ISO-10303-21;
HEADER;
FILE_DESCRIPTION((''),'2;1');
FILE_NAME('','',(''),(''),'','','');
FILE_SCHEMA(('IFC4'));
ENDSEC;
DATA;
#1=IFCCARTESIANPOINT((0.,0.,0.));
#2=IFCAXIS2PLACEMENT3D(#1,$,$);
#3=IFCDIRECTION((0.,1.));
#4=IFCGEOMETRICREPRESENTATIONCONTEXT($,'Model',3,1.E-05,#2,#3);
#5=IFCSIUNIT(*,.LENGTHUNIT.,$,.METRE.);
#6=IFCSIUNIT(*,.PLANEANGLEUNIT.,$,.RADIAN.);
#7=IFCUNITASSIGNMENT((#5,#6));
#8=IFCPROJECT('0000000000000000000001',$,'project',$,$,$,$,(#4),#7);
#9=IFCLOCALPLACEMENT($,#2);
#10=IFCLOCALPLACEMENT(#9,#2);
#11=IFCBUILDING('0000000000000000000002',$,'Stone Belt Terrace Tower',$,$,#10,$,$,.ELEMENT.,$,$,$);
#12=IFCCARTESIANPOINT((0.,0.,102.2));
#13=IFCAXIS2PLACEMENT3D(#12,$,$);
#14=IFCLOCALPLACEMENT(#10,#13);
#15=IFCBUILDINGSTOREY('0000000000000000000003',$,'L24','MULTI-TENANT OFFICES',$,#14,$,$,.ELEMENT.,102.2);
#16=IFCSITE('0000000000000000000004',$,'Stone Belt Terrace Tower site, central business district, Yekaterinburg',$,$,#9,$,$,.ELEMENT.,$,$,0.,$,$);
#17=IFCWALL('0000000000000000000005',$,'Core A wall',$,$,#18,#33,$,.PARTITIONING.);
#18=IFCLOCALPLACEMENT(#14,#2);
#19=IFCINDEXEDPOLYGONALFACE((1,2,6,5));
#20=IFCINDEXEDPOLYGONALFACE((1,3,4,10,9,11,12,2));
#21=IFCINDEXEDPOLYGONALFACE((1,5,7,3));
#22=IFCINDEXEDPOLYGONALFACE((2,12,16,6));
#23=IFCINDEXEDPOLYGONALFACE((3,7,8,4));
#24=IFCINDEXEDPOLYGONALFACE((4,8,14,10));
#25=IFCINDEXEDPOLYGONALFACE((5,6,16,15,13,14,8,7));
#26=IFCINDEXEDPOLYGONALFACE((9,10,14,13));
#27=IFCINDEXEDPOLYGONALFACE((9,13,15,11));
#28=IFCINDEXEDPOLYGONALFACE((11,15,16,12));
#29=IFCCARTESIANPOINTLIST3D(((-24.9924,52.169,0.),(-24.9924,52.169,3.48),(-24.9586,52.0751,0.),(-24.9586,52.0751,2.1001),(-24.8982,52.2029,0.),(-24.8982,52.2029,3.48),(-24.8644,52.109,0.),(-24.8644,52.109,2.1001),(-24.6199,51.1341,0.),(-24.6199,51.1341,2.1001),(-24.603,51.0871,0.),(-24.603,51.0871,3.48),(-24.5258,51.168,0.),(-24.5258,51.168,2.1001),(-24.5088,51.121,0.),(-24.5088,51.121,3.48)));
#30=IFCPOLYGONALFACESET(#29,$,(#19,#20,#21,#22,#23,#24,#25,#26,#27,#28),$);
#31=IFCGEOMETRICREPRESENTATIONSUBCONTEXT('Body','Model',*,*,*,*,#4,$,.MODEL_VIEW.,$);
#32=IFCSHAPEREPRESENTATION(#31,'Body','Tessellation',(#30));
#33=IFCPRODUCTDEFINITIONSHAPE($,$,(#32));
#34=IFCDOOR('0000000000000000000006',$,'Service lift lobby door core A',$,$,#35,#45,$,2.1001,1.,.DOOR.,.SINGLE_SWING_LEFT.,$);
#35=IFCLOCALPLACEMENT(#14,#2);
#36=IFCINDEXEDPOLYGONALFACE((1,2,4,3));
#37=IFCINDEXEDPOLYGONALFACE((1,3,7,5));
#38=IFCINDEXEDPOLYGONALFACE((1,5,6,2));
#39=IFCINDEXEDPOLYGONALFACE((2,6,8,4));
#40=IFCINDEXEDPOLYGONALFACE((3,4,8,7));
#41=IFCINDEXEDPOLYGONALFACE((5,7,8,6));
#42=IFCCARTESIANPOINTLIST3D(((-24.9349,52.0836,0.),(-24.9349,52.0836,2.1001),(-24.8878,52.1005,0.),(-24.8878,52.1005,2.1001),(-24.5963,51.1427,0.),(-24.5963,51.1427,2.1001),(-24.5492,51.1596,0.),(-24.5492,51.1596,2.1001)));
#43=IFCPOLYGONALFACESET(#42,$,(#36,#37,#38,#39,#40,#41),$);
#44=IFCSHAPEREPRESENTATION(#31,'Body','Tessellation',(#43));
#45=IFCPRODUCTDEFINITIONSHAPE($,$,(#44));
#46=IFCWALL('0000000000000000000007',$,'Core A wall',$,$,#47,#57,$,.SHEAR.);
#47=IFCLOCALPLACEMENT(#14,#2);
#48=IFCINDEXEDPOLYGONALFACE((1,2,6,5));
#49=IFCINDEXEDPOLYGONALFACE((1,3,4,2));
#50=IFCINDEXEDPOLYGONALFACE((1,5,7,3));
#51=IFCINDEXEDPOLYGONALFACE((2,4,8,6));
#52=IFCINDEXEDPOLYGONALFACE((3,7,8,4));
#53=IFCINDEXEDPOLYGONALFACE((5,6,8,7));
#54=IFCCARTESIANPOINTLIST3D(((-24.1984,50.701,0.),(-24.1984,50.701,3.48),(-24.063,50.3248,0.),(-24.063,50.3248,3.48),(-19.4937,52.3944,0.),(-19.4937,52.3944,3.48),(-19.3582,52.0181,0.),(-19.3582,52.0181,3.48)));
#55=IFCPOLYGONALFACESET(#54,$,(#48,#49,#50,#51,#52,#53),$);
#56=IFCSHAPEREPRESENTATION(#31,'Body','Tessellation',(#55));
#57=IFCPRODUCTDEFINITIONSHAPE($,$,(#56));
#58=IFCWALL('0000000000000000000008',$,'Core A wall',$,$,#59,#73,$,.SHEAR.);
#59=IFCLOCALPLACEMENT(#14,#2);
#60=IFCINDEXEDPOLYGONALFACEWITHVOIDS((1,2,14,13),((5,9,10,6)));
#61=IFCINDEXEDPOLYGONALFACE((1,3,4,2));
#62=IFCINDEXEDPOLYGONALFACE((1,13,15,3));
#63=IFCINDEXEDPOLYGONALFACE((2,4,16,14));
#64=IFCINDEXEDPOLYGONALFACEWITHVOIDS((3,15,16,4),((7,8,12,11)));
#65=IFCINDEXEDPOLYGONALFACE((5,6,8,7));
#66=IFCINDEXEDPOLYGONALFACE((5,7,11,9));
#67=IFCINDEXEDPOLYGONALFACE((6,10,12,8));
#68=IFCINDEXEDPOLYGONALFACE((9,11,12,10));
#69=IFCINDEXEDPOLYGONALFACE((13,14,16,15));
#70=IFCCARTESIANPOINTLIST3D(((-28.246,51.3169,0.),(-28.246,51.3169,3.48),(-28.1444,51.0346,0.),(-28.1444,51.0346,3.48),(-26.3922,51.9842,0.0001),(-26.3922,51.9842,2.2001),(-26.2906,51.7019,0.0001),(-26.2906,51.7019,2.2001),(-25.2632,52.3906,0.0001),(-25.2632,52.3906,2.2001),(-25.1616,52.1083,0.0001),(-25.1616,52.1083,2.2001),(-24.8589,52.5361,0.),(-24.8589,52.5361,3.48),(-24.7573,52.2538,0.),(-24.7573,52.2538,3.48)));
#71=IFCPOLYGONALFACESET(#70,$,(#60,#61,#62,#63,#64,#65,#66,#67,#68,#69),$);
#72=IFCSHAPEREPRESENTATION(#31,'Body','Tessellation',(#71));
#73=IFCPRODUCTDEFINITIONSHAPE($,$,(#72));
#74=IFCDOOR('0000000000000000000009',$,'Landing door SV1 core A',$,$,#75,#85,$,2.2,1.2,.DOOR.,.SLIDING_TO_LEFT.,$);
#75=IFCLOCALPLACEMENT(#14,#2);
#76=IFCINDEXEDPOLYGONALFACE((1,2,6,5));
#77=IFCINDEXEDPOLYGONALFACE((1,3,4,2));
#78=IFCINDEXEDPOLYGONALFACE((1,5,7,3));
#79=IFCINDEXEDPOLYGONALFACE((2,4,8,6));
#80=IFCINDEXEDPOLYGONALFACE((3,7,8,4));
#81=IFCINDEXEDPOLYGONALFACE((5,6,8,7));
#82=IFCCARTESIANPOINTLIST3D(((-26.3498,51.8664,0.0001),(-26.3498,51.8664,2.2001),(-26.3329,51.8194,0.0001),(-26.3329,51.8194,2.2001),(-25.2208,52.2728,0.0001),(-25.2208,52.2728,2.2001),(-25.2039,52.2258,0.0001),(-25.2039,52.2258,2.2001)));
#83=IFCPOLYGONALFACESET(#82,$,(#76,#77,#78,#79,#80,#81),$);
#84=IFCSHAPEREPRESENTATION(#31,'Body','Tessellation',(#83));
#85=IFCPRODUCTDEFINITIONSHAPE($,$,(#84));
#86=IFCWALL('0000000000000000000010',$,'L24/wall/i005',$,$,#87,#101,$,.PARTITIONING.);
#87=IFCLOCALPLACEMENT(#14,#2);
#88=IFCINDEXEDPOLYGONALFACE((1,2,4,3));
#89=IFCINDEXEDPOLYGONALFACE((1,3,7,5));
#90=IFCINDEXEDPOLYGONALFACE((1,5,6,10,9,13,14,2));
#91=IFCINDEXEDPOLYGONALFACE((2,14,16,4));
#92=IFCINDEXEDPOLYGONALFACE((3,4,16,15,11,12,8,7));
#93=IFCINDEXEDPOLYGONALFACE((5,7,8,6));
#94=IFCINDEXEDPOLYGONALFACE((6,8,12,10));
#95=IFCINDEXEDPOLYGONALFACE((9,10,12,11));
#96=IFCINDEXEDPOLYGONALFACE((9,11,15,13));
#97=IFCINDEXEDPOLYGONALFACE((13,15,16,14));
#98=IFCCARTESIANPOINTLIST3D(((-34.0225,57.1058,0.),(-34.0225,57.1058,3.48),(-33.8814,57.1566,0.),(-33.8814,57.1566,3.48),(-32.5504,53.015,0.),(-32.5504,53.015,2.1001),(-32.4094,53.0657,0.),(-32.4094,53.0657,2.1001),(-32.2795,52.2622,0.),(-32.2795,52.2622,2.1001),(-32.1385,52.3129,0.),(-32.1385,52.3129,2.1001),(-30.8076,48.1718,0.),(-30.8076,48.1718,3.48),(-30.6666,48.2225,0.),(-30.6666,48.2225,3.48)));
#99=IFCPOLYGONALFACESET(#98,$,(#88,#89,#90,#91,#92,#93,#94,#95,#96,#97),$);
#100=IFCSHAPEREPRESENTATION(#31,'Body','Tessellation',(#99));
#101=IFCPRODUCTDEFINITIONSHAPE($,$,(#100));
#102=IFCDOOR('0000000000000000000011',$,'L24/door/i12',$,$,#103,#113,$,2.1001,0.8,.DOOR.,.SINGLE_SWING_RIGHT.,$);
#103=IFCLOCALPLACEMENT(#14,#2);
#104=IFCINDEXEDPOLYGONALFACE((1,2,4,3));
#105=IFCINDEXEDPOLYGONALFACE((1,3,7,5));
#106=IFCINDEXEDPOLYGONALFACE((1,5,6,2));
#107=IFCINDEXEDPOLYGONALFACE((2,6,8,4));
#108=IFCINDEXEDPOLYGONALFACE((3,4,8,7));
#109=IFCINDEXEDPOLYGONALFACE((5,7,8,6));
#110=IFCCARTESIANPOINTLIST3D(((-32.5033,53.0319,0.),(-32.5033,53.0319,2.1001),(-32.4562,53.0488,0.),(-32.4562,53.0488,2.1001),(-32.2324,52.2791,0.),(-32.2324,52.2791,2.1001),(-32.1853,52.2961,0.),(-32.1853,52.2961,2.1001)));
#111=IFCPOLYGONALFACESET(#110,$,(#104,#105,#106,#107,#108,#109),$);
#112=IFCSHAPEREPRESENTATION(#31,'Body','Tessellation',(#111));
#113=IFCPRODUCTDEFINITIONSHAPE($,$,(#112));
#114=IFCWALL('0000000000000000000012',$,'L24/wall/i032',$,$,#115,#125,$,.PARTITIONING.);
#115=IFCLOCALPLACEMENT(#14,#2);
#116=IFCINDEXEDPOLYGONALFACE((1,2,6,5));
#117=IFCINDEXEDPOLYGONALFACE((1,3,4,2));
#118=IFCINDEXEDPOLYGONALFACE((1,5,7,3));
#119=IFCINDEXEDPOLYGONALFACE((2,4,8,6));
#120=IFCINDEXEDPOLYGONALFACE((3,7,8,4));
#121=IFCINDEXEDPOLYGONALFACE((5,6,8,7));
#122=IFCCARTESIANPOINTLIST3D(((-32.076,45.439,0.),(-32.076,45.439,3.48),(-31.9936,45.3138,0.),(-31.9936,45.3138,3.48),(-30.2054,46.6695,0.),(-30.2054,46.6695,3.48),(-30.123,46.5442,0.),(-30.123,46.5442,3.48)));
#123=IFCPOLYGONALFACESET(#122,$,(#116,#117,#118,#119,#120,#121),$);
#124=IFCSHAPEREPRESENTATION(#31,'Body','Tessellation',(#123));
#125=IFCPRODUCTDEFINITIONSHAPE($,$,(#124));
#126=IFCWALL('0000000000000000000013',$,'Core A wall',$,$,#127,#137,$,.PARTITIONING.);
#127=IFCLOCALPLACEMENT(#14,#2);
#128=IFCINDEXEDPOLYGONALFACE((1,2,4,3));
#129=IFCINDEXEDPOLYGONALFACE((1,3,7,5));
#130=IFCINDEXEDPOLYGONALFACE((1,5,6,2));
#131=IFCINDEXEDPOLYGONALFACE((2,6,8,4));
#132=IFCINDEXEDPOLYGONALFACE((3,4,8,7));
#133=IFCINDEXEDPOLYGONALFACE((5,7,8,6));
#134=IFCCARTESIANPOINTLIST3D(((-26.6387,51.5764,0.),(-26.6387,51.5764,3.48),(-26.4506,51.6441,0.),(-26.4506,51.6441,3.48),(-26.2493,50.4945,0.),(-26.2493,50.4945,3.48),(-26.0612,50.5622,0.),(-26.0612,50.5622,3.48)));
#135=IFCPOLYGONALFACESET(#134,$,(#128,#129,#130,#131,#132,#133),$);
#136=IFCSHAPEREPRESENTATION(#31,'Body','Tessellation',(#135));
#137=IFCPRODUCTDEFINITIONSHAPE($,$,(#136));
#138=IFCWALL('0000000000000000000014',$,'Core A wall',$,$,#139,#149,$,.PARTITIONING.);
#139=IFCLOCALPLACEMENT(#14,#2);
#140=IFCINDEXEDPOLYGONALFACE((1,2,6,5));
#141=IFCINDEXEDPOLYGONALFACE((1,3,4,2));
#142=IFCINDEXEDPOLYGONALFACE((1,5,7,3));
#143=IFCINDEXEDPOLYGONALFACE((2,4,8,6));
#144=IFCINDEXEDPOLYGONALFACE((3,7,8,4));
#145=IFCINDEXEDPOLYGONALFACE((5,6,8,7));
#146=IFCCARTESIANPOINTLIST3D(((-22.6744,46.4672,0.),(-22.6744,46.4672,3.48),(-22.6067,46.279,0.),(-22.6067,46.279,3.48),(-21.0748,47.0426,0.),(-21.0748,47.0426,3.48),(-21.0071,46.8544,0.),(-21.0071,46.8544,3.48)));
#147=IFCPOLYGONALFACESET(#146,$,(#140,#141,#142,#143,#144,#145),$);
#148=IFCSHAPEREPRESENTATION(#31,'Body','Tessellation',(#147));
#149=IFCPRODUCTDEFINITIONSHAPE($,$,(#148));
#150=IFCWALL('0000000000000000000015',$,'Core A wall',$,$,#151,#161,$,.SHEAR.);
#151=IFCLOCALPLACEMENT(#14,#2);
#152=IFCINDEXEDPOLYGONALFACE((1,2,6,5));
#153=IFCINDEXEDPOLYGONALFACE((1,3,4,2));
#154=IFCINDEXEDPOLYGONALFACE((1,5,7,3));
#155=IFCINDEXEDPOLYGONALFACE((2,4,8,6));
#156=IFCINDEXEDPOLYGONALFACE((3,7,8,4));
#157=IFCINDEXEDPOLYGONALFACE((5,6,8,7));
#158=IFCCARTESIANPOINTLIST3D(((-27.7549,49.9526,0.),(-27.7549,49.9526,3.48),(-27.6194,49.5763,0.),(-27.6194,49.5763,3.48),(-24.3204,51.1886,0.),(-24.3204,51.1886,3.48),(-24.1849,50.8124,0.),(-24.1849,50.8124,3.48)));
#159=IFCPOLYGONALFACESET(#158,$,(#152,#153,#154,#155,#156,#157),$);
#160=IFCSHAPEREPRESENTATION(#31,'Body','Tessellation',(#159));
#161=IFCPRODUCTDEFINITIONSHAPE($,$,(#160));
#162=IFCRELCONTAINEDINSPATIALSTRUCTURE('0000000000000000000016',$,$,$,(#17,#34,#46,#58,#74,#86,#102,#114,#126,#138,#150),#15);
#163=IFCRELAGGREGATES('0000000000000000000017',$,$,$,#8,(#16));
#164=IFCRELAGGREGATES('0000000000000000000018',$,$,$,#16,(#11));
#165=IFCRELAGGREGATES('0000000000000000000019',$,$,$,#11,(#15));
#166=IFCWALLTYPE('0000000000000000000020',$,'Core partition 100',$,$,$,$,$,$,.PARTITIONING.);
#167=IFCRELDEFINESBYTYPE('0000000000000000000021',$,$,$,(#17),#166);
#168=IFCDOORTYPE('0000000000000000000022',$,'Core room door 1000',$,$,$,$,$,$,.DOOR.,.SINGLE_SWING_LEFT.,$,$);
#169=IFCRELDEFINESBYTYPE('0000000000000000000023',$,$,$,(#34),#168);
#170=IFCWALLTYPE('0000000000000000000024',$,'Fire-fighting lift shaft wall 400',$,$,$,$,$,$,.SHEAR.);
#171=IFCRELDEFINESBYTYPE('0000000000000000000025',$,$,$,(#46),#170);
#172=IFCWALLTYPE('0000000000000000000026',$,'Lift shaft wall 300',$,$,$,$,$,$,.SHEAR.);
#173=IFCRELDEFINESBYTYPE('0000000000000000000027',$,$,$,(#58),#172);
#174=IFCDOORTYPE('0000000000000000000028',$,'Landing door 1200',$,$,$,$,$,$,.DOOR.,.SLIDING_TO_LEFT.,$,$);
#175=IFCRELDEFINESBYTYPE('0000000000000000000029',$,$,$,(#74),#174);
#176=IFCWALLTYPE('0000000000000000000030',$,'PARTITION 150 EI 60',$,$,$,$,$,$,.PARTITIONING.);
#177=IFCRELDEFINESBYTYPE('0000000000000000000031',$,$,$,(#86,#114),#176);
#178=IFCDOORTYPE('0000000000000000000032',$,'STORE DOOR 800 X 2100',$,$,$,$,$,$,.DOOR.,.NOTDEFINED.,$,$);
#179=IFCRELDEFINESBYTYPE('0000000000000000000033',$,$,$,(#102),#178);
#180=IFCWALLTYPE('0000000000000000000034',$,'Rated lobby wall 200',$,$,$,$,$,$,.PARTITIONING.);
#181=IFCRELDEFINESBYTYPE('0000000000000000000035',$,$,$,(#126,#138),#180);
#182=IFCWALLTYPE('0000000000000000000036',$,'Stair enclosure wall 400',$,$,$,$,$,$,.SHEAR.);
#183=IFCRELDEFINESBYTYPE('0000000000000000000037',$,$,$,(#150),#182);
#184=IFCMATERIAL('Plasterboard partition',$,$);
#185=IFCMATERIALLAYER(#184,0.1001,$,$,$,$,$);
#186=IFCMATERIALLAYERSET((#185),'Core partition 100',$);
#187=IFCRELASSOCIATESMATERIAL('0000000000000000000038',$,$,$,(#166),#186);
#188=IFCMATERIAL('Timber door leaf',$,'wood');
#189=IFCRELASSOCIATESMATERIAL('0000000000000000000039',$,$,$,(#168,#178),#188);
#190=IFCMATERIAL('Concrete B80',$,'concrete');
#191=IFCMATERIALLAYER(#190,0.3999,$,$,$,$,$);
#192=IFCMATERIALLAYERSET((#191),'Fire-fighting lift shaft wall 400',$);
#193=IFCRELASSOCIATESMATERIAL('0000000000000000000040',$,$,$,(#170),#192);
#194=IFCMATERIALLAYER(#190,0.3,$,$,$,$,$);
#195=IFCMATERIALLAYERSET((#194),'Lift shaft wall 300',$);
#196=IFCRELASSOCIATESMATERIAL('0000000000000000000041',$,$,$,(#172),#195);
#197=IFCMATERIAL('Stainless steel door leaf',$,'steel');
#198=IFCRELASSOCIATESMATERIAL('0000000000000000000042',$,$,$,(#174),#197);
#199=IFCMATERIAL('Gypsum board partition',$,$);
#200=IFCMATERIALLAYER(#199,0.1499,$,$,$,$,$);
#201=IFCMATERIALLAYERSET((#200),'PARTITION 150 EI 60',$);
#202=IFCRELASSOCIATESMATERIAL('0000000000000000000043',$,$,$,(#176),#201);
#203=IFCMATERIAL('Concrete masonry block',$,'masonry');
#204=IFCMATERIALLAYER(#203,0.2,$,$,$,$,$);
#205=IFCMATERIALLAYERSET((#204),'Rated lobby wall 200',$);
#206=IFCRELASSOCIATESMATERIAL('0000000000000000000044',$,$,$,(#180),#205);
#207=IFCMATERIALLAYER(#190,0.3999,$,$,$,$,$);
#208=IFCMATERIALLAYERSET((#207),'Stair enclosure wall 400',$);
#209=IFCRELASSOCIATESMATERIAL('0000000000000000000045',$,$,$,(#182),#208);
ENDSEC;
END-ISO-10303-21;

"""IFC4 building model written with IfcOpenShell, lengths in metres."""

from ifc_helpers import new_model, si_unit, direction, frame, frame_2d, origin, place, context, subcontext, project, spatial, rectangle, extrude, material, layer, layer_set, type_object, element, fill, save


model = new_model("IFC4")

# Units and contexts
model_context = context("Model", 3, precision=1e-05, world=origin(), true_north=direction((0.0, 1.0)))
body_context = subcontext(model_context, "Body", "Model", "MODEL_VIEW")
ifc_project = project(units=[si_unit("LENGTHUNIT", "METRE"), si_unit("PLANEANGLEUNIT", "RADIAN")], contexts=[model_context])

# Site, building, storey
site_placement = place(None, origin())
site = spatial("IfcSite", under=ifc_project, at=site_placement, Name="Stone Belt Terrace Tower site, central business district, Yekaterinburg", CompositionType="ELEMENT", RefElevation=0.0)
building_placement = place(site_placement, origin())
building = spatial("IfcBuilding", under=site, at=building_placement, Name="Stone Belt Terrace Tower", CompositionType="ELEMENT")
storey_placement = place(building_placement, frame((0.0, 0.0, 102.2)))
storey = spatial("IfcBuildingStorey", under=building, at=storey_placement, Name="L24", Description="MULTI-TENANT OFFICES", CompositionType="ELEMENT", Elevation=102.2)

# Wall, opening, door
ifc_material_1 = material(Name="Plasterboard partition")
ifc_layer_1 = layer(ifc_material_1, 0.1001)
ifc_layer_set_1 = layer_set([ifc_layer_1], Name="Core partition 100")
wall_type_1 = type_object("IfcWallType", Name="Core partition 100", PredefinedType="PARTITIONING", material=ifc_layer_set_1)
wall_1_placement = place(storey_placement, frame((-24.5559, 51.104, 0.0), z_axis=(0.0, 0.0, 1.0), x_axis=(-0.338622, 0.940923, 0.0)))
wall_1 = element("IfcWall", 1, at=wall_1_placement, inside=storey, type_object=wall_type_1, Name="Core A wall", PredefinedType="PARTITIONING", context=body_context, shape_type="SweptSolid", body=[
    extrude(rectangle(XDim=1.1499, YDim=0.1001, at=frame_2d((0.575, 0.0))), origin(), (0.0, 0.0, 1.0), 3.48),
])
opening_1_placement = place(wall_1_placement, frame((0.05, 0.0, 0.0)))
opening_1 = element("IfcOpeningElement", 2, at=opening_1_placement, cuts=wall_1, PredefinedType="OPENING", context=body_context, shape_type="SweptSolid", body=[
    extrude(rectangle(XDim=1.0, YDim=2.1001, at=frame_2d((0.5, 1.05))), frame((0.0, 0.0601, 0.0), z_axis=(0.0, -1.0, 0.0), x_axis=(1.0, 0.0, 0.0)), (0.0, 0.0, 1.0), 0.1201),
])
ifc_material_2 = material(Name="Timber door leaf", Category="wood")
door_type_1 = type_object("IfcDoorType", Name="Core room door 1000", OperationType="SINGLE_SWING_LEFT", PredefinedType="DOOR", material=ifc_material_2)
door_1_placement = place(opening_1_placement, origin())
door_1 = element("IfcDoor", 3, at=door_1_placement, inside=storey, type_object=door_type_1, Name="Service lift lobby door core A", OperationType="SINGLE_SWING_LEFT", OverallHeight=2.1001, OverallWidth=1.0, PredefinedType="DOOR", context=body_context, shape_type="SweptSolid", body=[
    extrude(rectangle(XDim=1.0, YDim=2.1001, at=frame_2d((0.5, 1.05))), frame((0.0, 0.0249, 0.0), z_axis=(0.0, -1.0, 0.0), x_axis=(1.0, 0.0, 0.0)), (0.0, 0.0, 1.0), 0.05),
])
fill(opening_1, door_1)

# Wall
ifc_material_3 = material(Name="Concrete B80", Category="concrete")
ifc_layer_2 = layer(ifc_material_3, 0.3999)
ifc_layer_set_2 = layer_set([ifc_layer_2], Name="Fire-fighting lift shaft wall 400")
wall_type_2 = type_object("IfcWallType", Name="Fire-fighting lift shaft wall 400", PredefinedType="SHEAR", material=ifc_layer_set_2)
wall_2_placement = place(storey_placement, frame((-24.1306, 50.5129, 0.0), z_axis=(0.0, 0.0, 1.0), x_axis=(0.940912, 0.338652, 0.0)))
element("IfcWall", 4, at=wall_2_placement, inside=storey, type_object=wall_type_2, Name="Core A wall", PredefinedType="SHEAR", context=body_context, shape_type="SweptSolid", body=[
    extrude(rectangle(XDim=5.0002, YDim=0.3999, at=frame_2d((2.5, 0.0))), origin(), (0.0, 0.0, 1.0), 3.48),
])

# Walls, openings, doors
ifc_layer_3 = layer(ifc_material_3, 0.3)
ifc_layer_set_3 = layer_set([ifc_layer_3], Name="Lift shaft wall 300")
wall_type_3 = type_object("IfcWallType", Name="Lift shaft wall 300", PredefinedType="SHEAR", material=ifc_layer_set_3)
wall_3_placement = place(storey_placement, frame((-28.1951, 51.1758, 0.0), z_axis=(0.0, 0.0, 1.0), x_axis=(0.940901, 0.338681, 0.0)))
wall_3 = element("IfcWall", 5, at=wall_3_placement, inside=storey, type_object=wall_type_3, Name="Core A wall", PredefinedType="SHEAR", context=body_context, shape_type="SweptSolid", body=[
    extrude(rectangle(XDim=3.5999, YDim=0.3, at=frame_2d((1.7998, 0.0))), origin(), (0.0, 0.0, 1.0), 3.48),
])
opening_2_placement = place(wall_3_placement, frame((1.97, 0.0, 0.0)))
opening_2 = element("IfcOpeningElement", 6, at=opening_2_placement, cuts=wall_3, PredefinedType="OPENING", context=body_context, shape_type="SweptSolid", body=[
    extrude(rectangle(XDim=1.2, YDim=2.2, at=frame_2d((0.6001, 1.1001))), frame((0.0, 0.1599, 0.0), z_axis=(0.0, -1.0, 0.0), x_axis=(1.0, 0.0, 0.0)), (0.0, 0.0, 1.0), 0.3201),
])
ifc_material_4 = material(Name="Stainless steel door leaf", Category="steel")
door_type_2 = type_object("IfcDoorType", Name="Landing door 1200", OperationType="SLIDING_TO_LEFT", PredefinedType="DOOR", material=ifc_material_4)
door_2_placement = place(opening_2_placement, origin())
door_2 = element("IfcDoor", 7, at=door_2_placement, inside=storey, type_object=door_type_2, Name="Landing door SV1 core A", OperationType="SLIDING_TO_LEFT", OverallHeight=2.2, OverallWidth=1.2, PredefinedType="DOOR", context=body_context, shape_type="SweptSolid", body=[
    extrude(rectangle(XDim=1.2, YDim=2.2, at=frame_2d((0.6001, 1.1001))), frame((0.0, 0.0249, 0.0), z_axis=(0.0, -1.0, 0.0), x_axis=(1.0, 0.0, 0.0)), (0.0, 0.0, 1.0), 0.05),
])
fill(opening_2, door_2)
ifc_material_5 = material(Name="Gypsum board partition")
ifc_layer_4 = layer(ifc_material_5, 0.1499)
ifc_layer_set_4 = layer_set([ifc_layer_4], Name="PARTITION 150 EI 60")
wall_type_4 = type_object("IfcWallType", Name="PARTITION 150 EI 60", PredefinedType="PARTITIONING", material=ifc_layer_set_4)
wall_4_placement = place(storey_placement, frame((-30.7371, 48.197, 0.0), z_axis=(0.0, 0.0, 1.0), x_axis=(-0.338587, 0.940935, 0.0)))
wall_4 = element("IfcWall", 8, at=wall_4_placement, inside=storey, type_object=wall_type_4, Name="L24/wall/i005", PredefinedType="PARTITIONING", context=body_context, shape_type="SweptSolid", body=[
    extrude(rectangle(XDim=9.4949, YDim=0.1499, at=frame_2d((4.7476, 0.0))), origin(), (0.0, 0.0, 1.0), 3.48),
])
opening_3_placement = place(wall_4_placement, frame((4.3474, 0.0, 0.0)))
opening_3 = element("IfcOpeningElement", 9, at=opening_3_placement, cuts=wall_4, PredefinedType="OPENING", context=body_context, shape_type="SweptSolid", body=[
    extrude(rectangle(XDim=0.8, YDim=2.1001, at=frame_2d((0.3999, 1.05))), frame((0.0, 0.085, 0.0), z_axis=(0.0, -1.0, 0.0), x_axis=(1.0, 0.0, 0.0)), (0.0, 0.0, 1.0), 0.1699),
])
door_type_3 = type_object("IfcDoorType", Name="STORE DOOR 800 X 2100", OperationType="NOTDEFINED", PredefinedType="DOOR", material=ifc_material_2)
door_3_placement = place(opening_3_placement, origin())
door_3 = element("IfcDoor", 10, at=door_3_placement, inside=storey, type_object=door_type_3, Name="L24/door/i12", OperationType="SINGLE_SWING_RIGHT", OverallHeight=2.1001, OverallWidth=0.8, PredefinedType="DOOR", context=body_context, shape_type="SweptSolid", body=[
    extrude(rectangle(XDim=0.8, YDim=2.1001, at=frame_2d((0.3999, 1.05))), frame((0.0, 0.0249, 0.0), z_axis=(0.0, -1.0, 0.0), x_axis=(1.0, 0.0, 0.0)), (0.0, 0.0, 1.0), 0.05),
])
fill(opening_3, door_3)

# Walls
wall_5_placement = place(storey_placement, frame((-30.1641, 46.6069, 0.0), z_axis=(0.0, 0.0, 1.0), x_axis=(-0.835457, -0.549556, 0.0)))
element("IfcWall", 11, at=wall_5_placement, inside=storey, type_object=wall_type_4, Name="L24/wall/i032", PredefinedType="PARTITIONING", context=body_context, shape_type="SweptSolid", body=[
    extrude(rectangle(XDim=2.239, YDim=0.1499, at=frame_2d((1.1196, 0.0))), origin(), (0.0, 0.0, 1.0), 3.48),
])
ifc_material_6 = material(Name="Concrete masonry block", Category="masonry")
ifc_layer_5 = layer(ifc_material_6, 0.2)
ifc_layer_set_5 = layer_set([ifc_layer_5], Name="Rated lobby wall 200")
wall_type_5 = type_object("IfcWallType", Name="Rated lobby wall 200", PredefinedType="PARTITIONING", material=ifc_layer_set_5)
wall_6_placement = place(storey_placement, frame((-26.1553, 50.5283, 0.0), z_axis=(0.0, 0.0, 1.0), x_axis=(-0.338622, 0.940923, 0.0)))
element("IfcWall", 12, at=wall_6_placement, inside=storey, type_object=wall_type_5, Name="Core A wall", PredefinedType="PARTITIONING", context=body_context, shape_type="SweptSolid", body=[
    extrude(rectangle(XDim=1.1499, YDim=0.2, at=frame_2d((0.575, 0.0))), origin(), (0.0, 0.0, 1.0), 3.48),
])
wall_7_placement = place(storey_placement, frame((-22.6406, 46.373, 0.0), z_axis=(0.0, 0.0, 1.0), x_axis=(0.940966, 0.338501, 0.0)))
element("IfcWall", 13, at=wall_7_placement, inside=storey, type_object=wall_type_5, Name="Core A wall", PredefinedType="PARTITIONING", context=body_context, shape_type="SweptSolid", body=[
    extrude(rectangle(XDim=1.7, YDim=0.2, at=frame_2d((0.8501, 0.0))), origin(), (0.0, 0.0, 1.0), 3.48),
])
ifc_layer_6 = layer(ifc_material_3, 0.3999)
ifc_layer_set_6 = layer_set([ifc_layer_6], Name="Stair enclosure wall 400")
wall_type_6 = type_object("IfcWallType", Name="Stair enclosure wall 400", PredefinedType="SHEAR", material=ifc_layer_set_6)
wall_8_placement = place(storey_placement, frame((-27.6873, 49.7644, 0.0), z_axis=(0.0, 0.0, 1.0), x_axis=(0.940919, 0.338632, 0.0)))
element("IfcWall", 14, at=wall_8_placement, inside=storey, type_object=wall_type_6, Name="Core A wall", PredefinedType="SHEAR", context=body_context, shape_type="SweptSolid", body=[
    extrude(rectangle(XDim=3.6501, YDim=0.3999, at=frame_2d((1.8252, 0.0))), origin(), (0.0, 0.0, 1.0), 3.48),
])

save(model, "model.ifc")
